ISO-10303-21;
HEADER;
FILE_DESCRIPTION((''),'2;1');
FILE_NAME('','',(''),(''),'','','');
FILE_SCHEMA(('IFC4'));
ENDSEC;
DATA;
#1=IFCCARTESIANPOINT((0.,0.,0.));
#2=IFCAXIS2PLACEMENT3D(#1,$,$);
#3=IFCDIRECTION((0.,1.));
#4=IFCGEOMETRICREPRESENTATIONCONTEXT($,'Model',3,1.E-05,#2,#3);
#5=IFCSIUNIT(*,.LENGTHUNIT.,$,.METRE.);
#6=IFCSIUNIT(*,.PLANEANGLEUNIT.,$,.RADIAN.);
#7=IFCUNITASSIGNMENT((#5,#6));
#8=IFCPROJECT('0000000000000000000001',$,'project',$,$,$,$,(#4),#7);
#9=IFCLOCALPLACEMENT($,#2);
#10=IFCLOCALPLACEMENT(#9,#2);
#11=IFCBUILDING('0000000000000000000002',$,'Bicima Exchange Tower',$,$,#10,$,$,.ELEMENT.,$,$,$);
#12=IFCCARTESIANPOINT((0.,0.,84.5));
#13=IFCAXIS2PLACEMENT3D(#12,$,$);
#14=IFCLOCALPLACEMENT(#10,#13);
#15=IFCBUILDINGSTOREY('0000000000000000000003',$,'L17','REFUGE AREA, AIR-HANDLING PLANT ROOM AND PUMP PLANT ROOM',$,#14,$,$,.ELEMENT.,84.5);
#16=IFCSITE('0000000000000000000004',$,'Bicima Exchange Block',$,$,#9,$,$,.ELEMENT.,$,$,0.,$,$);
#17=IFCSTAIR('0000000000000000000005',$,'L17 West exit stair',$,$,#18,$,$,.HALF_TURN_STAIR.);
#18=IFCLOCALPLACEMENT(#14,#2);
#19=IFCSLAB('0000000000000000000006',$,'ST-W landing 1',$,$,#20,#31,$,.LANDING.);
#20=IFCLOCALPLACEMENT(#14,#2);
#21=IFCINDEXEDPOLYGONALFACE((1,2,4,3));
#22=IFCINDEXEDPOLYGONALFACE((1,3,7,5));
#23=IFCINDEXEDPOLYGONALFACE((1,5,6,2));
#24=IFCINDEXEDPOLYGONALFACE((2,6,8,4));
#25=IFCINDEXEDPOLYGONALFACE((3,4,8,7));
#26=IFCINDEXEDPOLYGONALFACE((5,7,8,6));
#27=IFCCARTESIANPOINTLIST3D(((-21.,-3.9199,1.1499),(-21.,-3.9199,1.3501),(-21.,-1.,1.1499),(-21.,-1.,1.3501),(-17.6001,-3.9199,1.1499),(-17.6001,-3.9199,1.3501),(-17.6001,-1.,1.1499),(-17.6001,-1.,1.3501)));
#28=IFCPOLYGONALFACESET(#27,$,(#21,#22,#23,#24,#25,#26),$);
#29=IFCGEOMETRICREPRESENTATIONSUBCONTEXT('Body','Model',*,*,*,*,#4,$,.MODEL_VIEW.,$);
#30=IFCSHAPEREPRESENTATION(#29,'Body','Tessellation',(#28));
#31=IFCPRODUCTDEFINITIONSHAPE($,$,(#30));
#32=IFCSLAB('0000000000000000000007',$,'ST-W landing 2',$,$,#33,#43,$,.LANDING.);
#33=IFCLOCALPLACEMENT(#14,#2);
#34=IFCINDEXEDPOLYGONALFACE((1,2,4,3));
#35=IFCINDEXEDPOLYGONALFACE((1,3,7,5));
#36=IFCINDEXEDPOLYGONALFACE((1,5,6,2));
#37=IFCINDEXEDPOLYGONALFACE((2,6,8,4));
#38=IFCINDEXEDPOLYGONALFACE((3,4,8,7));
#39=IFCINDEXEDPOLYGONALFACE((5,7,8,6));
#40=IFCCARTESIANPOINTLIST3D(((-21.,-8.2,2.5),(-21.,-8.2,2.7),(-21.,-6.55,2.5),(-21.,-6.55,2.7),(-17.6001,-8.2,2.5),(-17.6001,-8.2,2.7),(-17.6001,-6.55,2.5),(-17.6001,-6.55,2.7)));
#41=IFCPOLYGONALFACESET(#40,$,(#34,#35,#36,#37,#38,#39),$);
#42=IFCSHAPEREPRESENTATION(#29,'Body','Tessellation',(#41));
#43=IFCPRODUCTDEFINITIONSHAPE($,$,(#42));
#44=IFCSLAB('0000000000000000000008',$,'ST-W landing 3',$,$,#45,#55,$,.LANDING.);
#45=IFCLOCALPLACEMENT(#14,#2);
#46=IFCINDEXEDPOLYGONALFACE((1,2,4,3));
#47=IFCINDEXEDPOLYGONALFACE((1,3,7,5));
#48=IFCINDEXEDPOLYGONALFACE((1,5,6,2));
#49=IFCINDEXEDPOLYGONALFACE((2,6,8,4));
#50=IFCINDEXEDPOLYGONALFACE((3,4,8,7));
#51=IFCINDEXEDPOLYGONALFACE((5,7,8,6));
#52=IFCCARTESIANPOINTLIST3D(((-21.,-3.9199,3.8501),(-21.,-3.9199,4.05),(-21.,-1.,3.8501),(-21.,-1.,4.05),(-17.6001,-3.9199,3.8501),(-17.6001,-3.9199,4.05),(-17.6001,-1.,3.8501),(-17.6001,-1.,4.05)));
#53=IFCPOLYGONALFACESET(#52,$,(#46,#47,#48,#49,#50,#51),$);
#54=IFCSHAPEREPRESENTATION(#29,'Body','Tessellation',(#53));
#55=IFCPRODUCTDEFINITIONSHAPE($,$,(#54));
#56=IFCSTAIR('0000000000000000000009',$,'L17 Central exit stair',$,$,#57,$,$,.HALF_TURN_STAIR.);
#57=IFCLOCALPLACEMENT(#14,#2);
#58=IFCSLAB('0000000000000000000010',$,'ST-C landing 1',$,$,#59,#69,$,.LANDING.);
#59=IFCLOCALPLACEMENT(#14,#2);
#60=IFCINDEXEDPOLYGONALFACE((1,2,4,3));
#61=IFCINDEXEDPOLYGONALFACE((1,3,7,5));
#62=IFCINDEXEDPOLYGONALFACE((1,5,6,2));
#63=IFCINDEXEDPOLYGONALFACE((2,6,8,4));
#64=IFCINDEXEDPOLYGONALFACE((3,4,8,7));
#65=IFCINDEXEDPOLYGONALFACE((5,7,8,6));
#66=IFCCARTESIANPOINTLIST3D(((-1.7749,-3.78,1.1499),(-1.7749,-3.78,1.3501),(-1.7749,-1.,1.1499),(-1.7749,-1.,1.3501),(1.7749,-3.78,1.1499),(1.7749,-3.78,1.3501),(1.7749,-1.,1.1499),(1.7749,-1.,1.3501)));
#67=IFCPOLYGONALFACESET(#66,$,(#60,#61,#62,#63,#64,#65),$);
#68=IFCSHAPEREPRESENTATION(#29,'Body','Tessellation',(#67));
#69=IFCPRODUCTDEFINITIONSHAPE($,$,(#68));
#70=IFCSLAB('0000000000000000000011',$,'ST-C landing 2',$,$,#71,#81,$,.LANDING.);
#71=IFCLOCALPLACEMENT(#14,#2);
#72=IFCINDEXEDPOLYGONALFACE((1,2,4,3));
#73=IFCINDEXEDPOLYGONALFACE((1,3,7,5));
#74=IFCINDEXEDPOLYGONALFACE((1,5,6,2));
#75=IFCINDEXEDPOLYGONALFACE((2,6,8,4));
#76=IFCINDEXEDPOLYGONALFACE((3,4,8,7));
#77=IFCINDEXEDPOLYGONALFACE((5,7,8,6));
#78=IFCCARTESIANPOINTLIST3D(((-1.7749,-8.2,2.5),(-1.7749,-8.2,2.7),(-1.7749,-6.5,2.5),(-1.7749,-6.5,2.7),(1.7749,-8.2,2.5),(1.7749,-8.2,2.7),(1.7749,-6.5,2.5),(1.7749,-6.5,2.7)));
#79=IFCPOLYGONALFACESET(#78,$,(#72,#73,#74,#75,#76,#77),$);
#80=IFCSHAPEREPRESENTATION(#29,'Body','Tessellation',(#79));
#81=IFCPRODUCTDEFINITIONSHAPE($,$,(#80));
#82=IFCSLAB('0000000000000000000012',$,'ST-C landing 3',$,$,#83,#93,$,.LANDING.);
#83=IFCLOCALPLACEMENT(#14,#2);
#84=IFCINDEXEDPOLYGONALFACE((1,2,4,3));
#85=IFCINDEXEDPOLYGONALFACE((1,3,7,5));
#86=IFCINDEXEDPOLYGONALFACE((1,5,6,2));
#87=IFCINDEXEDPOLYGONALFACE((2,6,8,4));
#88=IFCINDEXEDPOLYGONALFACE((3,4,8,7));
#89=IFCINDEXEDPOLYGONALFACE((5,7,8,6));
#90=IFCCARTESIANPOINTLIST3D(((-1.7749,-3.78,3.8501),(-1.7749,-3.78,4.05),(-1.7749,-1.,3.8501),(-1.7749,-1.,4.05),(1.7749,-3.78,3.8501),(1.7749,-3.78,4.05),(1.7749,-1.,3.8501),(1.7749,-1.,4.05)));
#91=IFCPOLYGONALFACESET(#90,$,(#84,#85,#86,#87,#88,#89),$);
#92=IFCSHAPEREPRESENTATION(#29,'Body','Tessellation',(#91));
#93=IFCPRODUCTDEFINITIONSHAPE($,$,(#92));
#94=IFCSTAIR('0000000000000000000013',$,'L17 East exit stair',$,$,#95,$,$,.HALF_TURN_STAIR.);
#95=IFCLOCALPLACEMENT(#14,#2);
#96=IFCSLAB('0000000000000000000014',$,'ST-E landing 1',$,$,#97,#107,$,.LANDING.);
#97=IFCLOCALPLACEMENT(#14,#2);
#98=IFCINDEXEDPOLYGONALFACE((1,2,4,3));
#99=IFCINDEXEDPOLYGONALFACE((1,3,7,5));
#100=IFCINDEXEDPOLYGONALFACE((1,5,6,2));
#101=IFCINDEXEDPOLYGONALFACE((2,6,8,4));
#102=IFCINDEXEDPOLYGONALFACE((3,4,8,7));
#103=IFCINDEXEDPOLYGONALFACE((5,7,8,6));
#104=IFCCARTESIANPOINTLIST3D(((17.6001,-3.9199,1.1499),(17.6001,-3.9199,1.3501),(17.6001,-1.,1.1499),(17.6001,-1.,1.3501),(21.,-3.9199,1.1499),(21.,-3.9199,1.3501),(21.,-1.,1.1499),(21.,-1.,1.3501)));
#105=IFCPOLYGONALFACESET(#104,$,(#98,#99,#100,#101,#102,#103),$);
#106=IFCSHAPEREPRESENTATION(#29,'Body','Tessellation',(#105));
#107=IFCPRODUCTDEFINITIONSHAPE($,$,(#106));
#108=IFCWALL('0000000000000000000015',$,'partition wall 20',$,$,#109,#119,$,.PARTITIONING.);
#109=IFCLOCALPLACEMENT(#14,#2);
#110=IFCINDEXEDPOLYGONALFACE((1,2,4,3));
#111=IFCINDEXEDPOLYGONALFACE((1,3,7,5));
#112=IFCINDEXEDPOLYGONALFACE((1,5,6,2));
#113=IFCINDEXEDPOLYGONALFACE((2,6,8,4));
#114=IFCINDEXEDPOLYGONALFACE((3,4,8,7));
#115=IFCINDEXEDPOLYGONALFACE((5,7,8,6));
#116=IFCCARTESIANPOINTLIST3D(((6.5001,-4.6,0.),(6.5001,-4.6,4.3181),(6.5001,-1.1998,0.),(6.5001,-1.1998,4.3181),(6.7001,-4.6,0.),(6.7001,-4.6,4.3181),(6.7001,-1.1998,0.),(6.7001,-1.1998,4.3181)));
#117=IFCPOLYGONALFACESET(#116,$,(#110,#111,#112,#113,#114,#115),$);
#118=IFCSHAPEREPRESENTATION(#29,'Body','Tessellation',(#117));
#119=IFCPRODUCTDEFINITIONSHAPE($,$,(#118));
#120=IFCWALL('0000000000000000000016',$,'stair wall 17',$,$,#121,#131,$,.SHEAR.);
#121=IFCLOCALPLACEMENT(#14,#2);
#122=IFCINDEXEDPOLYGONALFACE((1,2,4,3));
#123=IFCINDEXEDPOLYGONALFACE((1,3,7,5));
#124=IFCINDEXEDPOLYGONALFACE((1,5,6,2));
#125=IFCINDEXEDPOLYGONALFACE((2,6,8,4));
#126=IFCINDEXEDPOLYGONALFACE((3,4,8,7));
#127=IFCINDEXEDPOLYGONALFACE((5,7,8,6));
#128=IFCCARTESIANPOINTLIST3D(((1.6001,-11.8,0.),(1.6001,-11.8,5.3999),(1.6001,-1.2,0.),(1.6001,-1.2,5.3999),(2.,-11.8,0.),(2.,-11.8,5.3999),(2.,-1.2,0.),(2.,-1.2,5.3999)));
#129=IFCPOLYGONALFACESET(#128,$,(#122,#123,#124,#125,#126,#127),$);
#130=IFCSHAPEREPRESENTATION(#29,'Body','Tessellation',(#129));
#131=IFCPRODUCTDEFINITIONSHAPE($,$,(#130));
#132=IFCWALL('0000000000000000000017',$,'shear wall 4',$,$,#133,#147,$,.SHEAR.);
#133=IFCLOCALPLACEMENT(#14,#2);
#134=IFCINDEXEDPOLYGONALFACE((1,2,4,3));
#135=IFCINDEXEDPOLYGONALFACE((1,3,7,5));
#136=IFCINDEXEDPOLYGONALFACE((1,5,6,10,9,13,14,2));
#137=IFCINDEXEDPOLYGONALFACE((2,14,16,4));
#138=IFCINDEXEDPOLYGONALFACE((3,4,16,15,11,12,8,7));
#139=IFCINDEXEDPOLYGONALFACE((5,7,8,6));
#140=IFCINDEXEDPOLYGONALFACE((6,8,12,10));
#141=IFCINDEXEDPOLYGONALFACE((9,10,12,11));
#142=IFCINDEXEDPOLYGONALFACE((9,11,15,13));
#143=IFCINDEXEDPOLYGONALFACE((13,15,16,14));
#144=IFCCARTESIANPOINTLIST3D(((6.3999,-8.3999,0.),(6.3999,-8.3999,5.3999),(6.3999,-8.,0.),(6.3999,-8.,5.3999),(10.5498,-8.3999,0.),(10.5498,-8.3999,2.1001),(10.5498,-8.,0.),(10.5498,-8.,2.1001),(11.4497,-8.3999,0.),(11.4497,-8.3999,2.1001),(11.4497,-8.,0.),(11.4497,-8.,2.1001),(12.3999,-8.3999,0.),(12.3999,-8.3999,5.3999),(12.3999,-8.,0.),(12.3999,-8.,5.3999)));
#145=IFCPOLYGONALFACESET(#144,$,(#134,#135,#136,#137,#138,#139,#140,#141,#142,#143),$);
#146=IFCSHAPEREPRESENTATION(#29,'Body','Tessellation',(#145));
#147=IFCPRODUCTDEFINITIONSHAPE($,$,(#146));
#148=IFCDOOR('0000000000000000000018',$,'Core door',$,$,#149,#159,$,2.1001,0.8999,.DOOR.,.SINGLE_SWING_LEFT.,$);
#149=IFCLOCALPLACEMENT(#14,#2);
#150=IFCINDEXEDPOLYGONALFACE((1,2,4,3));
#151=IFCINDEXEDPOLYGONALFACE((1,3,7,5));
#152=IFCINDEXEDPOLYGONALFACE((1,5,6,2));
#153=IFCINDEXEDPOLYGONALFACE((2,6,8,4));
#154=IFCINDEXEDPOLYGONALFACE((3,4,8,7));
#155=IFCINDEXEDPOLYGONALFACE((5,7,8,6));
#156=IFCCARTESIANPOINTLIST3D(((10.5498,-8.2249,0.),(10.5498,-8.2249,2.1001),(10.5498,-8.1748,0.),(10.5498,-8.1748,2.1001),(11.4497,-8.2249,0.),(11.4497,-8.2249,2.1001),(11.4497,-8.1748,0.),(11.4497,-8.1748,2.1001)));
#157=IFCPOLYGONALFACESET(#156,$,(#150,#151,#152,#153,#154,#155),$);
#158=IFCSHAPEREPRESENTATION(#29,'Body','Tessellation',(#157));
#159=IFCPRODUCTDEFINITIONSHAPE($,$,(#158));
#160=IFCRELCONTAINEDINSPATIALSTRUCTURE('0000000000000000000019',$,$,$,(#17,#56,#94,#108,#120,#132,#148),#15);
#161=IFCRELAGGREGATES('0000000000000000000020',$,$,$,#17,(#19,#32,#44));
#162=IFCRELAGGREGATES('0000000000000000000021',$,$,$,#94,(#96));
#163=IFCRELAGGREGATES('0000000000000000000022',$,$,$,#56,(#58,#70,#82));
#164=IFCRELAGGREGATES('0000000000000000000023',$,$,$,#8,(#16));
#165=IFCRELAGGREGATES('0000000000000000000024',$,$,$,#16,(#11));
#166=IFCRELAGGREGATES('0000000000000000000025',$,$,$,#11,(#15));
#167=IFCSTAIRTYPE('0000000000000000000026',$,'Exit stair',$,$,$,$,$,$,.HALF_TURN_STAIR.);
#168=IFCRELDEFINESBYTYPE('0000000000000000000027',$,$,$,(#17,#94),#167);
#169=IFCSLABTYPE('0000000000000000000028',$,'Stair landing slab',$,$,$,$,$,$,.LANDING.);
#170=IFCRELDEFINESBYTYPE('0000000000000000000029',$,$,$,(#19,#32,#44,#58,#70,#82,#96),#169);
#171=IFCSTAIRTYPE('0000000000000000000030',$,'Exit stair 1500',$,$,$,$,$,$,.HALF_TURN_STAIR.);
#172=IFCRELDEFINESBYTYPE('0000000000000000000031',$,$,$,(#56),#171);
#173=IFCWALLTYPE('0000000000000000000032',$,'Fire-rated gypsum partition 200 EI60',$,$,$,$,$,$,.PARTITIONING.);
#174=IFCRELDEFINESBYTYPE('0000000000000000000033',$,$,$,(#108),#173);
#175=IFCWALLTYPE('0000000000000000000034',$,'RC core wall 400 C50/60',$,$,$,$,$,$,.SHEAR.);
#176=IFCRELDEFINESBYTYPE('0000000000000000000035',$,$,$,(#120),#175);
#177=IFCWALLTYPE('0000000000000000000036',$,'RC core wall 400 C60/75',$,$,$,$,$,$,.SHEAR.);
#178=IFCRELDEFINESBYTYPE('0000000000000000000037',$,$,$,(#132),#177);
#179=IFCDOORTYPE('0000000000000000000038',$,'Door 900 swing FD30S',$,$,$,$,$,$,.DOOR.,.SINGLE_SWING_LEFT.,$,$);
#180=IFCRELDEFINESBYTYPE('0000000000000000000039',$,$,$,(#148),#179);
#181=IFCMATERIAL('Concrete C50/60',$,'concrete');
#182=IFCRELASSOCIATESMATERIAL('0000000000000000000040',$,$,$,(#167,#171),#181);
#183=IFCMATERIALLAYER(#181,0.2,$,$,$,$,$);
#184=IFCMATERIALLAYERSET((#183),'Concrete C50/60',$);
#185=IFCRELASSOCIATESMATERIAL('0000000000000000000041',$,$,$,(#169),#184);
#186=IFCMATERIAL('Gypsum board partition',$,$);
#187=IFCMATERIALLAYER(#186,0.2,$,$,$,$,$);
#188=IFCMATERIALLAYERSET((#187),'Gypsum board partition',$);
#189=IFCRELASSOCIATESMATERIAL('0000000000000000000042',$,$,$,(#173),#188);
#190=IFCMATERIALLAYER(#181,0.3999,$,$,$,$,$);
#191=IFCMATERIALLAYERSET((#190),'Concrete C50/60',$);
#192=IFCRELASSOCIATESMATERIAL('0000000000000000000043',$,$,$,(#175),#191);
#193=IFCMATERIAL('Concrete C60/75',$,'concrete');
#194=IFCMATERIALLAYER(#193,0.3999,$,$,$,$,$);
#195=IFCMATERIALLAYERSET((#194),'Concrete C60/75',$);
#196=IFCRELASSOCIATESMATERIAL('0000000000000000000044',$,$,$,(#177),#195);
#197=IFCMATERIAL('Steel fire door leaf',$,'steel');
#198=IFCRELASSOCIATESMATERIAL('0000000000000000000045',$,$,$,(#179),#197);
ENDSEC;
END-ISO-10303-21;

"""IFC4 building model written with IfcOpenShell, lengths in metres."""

from ifc_helpers import new_model, si_unit, direction, frame, frame_2d, origin, place, context, subcontext, project, spatial, polyline, rectangle, outline, extrude, material, layer, layer_set, type_object, element, fill, aggregate, save


model = new_model("IFC4")

# Units and contexts
model_context = context("Model", 3, precision=1e-05, world=origin(), true_north=direction((0.0, 1.0)))
body_context = subcontext(model_context, "Body", "Model", "MODEL_VIEW")
ifc_project = project(units=[si_unit("LENGTHUNIT", "METRE"), si_unit("PLANEANGLEUNIT", "RADIAN")], contexts=[model_context])

# Site, building, storey
site_placement = place(None, origin())
site = spatial("IfcSite", under=ifc_project, at=site_placement, Name="Bicima Exchange Block", CompositionType="ELEMENT", RefElevation=0.0)
building_placement = place(site_placement, origin())
building = spatial("IfcBuilding", under=site, at=building_placement, Name="Bicima Exchange Tower", CompositionType="ELEMENT")
storey_placement = place(building_placement, frame((0.0, 0.0, 84.5)))
storey = spatial("IfcBuildingStorey", under=building, at=storey_placement, Name="L17", Description="REFUGE AREA, AIR-HANDLING PLANT ROOM AND PUMP PLANT ROOM", CompositionType="ELEMENT", Elevation=84.5)

# Stairs, slabs
ifc_material_1 = material(Name="Concrete C50/60", Category="concrete")
stair_type_1 = type_object("IfcStairType", Name="Exit stair", PredefinedType="HALF_TURN_STAIR", material=ifc_material_1)
stair_1_placement = place(storey_placement, origin())
stair_1 = element("IfcStair", 1, at=stair_1_placement, inside=storey, type_object=stair_type_1, Name="L17 West exit stair", PredefinedType="HALF_TURN_STAIR")
ifc_layer_1 = layer(ifc_material_1, 0.2)
ifc_layer_set_1 = layer_set([ifc_layer_1], Name="Concrete C50/60")
slab_type = type_object("IfcSlabType", Name="Stair landing slab", PredefinedType="LANDING", material=ifc_layer_set_1)
slab_1_placement = place(storey_placement, frame((0.0, 0.0, 1.1499)))
slab_1 = element("IfcSlab", 2, at=slab_1_placement, type_object=slab_type, Name="ST-W landing 1", PredefinedType="LANDING", context=body_context, shape_type="SweptSolid", body=[
    extrude(outline(polyline([(-17.6001, -3.9199), (-17.6001, -1.0), (-21.0, -1.0), (-21.0, -3.9199), (-17.6001, -3.9199)])), origin(), (0.0, 0.0, 1.0), 0.2002),
])
slab_2_placement = place(storey_placement, frame((0.0, 0.0, 2.5)))
slab_2 = element("IfcSlab", 3, at=slab_2_placement, type_object=slab_type, Name="ST-W landing 2", PredefinedType="LANDING", context=body_context, shape_type="SweptSolid", body=[
    extrude(outline(polyline([(-17.6001, -8.2), (-17.6001, -6.55), (-21.0, -6.55), (-21.0, -8.2), (-17.6001, -8.2)])), origin(), (0.0, 0.0, 1.0), 0.2),
])
slab_3_placement = place(storey_placement, frame((0.0, 0.0, 3.8501)))
slab_3 = element("IfcSlab", 4, at=slab_3_placement, type_object=slab_type, Name="ST-W landing 3", PredefinedType="LANDING", context=body_context, shape_type="SweptSolid", body=[
    extrude(outline(polyline([(-17.6001, -3.9199), (-17.6001, -1.0), (-21.0, -1.0), (-21.0, -3.9199), (-17.6001, -3.9199)])), origin(), (0.0, 0.0, 1.0), 0.2),
])
aggregate(stair_1, [slab_1, slab_2, slab_3])
stair_type_2 = type_object("IfcStairType", Name="Exit stair 1500", PredefinedType="HALF_TURN_STAIR", material=ifc_material_1)
stair_2_placement = place(storey_placement, origin())
stair_2 = element("IfcStair", 5, at=stair_2_placement, inside=storey, type_object=stair_type_2, Name="L17 Central exit stair", PredefinedType="HALF_TURN_STAIR")
slab_4_placement = place(storey_placement, frame((0.0, 0.0, 1.1499)))
slab_4 = element("IfcSlab", 6, at=slab_4_placement, type_object=slab_type, Name="ST-C landing 1", PredefinedType="LANDING", context=body_context, shape_type="SweptSolid", body=[
    extrude(outline(polyline([(1.7749, -3.78), (1.7749, -1.0), (-1.7749, -1.0), (-1.7749, -3.78), (1.7749, -3.78)])), origin(), (0.0, 0.0, 1.0), 0.2002),
])
slab_5_placement = place(storey_placement, frame((0.0, 0.0, 2.5)))
slab_5 = element("IfcSlab", 7, at=slab_5_placement, type_object=slab_type, Name="ST-C landing 2", PredefinedType="LANDING", context=body_context, shape_type="SweptSolid", body=[
    extrude(outline(polyline([(1.7749, -8.2), (1.7749, -6.5), (-1.7749, -6.5), (-1.7749, -8.2), (1.7749, -8.2)])), origin(), (0.0, 0.0, 1.0), 0.2),
])
slab_6_placement = place(storey_placement, frame((0.0, 0.0, 3.8501)))
slab_6 = element("IfcSlab", 8, at=slab_6_placement, type_object=slab_type, Name="ST-C landing 3", PredefinedType="LANDING", context=body_context, shape_type="SweptSolid", body=[
    extrude(outline(polyline([(1.7749, -3.78), (1.7749, -1.0), (-1.7749, -1.0), (-1.7749, -3.78), (1.7749, -3.78)])), origin(), (0.0, 0.0, 1.0), 0.2),
])

# Stair, slab
stair_3_placement = place(storey_placement, origin())
stair_3 = element("IfcStair", 9, at=stair_3_placement, inside=storey, type_object=stair_type_1, Name="L17 East exit stair", PredefinedType="HALF_TURN_STAIR")
slab_7_placement = place(storey_placement, frame((0.0, 0.0, 1.1499)))
slab_7 = element("IfcSlab", 10, at=slab_7_placement, type_object=slab_type, Name="ST-E landing 1", PredefinedType="LANDING", context=body_context, shape_type="SweptSolid", body=[
    extrude(outline(polyline([(21.0, -3.9199), (21.0, -1.0), (17.6001, -1.0), (17.6001, -3.9199), (21.0, -3.9199)])), origin(), (0.0, 0.0, 1.0), 0.2002),
])
aggregate(stair_3, [slab_7])

# Walls
ifc_material_2 = material(Name="Gypsum board partition")
ifc_layer_2 = layer(ifc_material_2, 0.2)
ifc_layer_set_2 = layer_set([ifc_layer_2], Name="Gypsum board partition")
wall_type_1 = type_object("IfcWallType", Name="Fire-rated gypsum partition 200 EI60", PredefinedType="PARTITIONING", material=ifc_layer_set_2)
wall_1_placement = place(storey_placement, frame((6.6001, -4.6001, 0.0), z_axis=(0.0, 0.0, 1.0), x_axis=(0.0, 1.0, 0.0)))
element("IfcWall", 11, at=wall_1_placement, inside=storey, type_object=wall_type_1, Name="partition wall 20", PredefinedType="PARTITIONING", context=body_context, shape_type="SweptSolid", body=[
    extrude(rectangle(XDim=3.4001, YDim=0.2, at=frame_2d((1.7002, 0.0))), origin(), (0.0, 0.0, 1.0), 4.3181),
])
ifc_layer_3 = layer(ifc_material_1, 0.3999)
ifc_layer_set_3 = layer_set([ifc_layer_3], Name="Concrete C50/60")
wall_type_2 = type_object("IfcWallType", Name="RC core wall 400 C50/60", PredefinedType="SHEAR", material=ifc_layer_set_3)
wall_2_placement = place(storey_placement, frame((1.8, -11.8, 0.0), z_axis=(0.0, 0.0, 1.0), x_axis=(0.0, 1.0, 0.0)))
element("IfcWall", 12, at=wall_2_placement, inside=storey, type_object=wall_type_2, Name="stair wall 17", PredefinedType="SHEAR", context=body_context, shape_type="SweptSolid", body=[
    extrude(rectangle(XDim=10.6001, YDim=0.3999, at=frame_2d((5.3, 0.0))), origin(), (0.0, 0.0, 1.0), 5.3999),
])

# Wall, opening, door
ifc_material_3 = material(Name="Concrete C60/75", Category="concrete")
ifc_layer_4 = layer(ifc_material_3, 0.3999)
ifc_layer_set_4 = layer_set([ifc_layer_4], Name="Concrete C60/75")
wall_type_3 = type_object("IfcWallType", Name="RC core wall 400 C60/75", PredefinedType="SHEAR", material=ifc_layer_set_4)
wall_3_placement = place(storey_placement, frame((6.3999, -8.2, 0.0), z_axis=(0.0, 0.0, 1.0), x_axis=(1.0, 0.0, 0.0)))
wall_3 = element("IfcWall", 13, at=wall_3_placement, inside=storey, type_object=wall_type_3, Name="shear wall 4", PredefinedType="SHEAR", context=body_context, shape_type="SweptSolid", body=[
    extrude(rectangle(XDim=6.0, YDim=0.3999, at=frame_2d((3.0, 0.0))), origin(), (0.0, 0.0, 1.0), 5.3999),
])
opening_1_placement = place(wall_3_placement, frame((4.1499, 0.0, 0.0)))
opening_1 = element("IfcOpeningElement", 14, at=opening_1_placement, cuts=wall_3, PredefinedType="OPENING", context=body_context, shape_type="SweptSolid", body=[
    extrude(rectangle(XDim=0.8999, YDim=2.1001, at=frame_2d((0.45, 1.05))), frame((0.0, 0.2119, 0.0), z_axis=(0.0, -1.0, 0.0), x_axis=(1.0, 0.0, 0.0)), (0.0, 0.0, 1.0), 0.4238),
])
ifc_material_4 = material(Name="Steel fire door leaf", Category="steel")
door_type_1 = type_object("IfcDoorType", Name="Door 900 swing FD30S", OperationType="SINGLE_SWING_LEFT", PredefinedType="DOOR", material=ifc_material_4)
door_1_placement = place(opening_1_placement, frame((0.8999, 0.0, 0.0), z_axis=(0.0, 0.0, 1.0), x_axis=(-1.0, 0.0, 0.0)))
door_1 = element("IfcDoor", 15, at=door_1_placement, inside=storey, type_object=door_type_1, Name="Core door", OperationType="SINGLE_SWING_LEFT", OverallHeight=2.1001, OverallWidth=0.8999, PredefinedType="DOOR", context=body_context, shape_type="SweptSolid", body=[
    extrude(rectangle(XDim=0.8999, YDim=2.1001, at=frame_2d((0.45, 1.05))), frame((0.0, 0.0249, 0.0), z_axis=(0.0, -1.0, 0.0), x_axis=(1.0, 0.0, 0.0)), (0.0, 0.0, 1.0), 0.05),
])
fill(opening_1, door_1)

aggregate(stair_2, [slab_4, slab_5, slab_6])

save(model, "model.ifc")
